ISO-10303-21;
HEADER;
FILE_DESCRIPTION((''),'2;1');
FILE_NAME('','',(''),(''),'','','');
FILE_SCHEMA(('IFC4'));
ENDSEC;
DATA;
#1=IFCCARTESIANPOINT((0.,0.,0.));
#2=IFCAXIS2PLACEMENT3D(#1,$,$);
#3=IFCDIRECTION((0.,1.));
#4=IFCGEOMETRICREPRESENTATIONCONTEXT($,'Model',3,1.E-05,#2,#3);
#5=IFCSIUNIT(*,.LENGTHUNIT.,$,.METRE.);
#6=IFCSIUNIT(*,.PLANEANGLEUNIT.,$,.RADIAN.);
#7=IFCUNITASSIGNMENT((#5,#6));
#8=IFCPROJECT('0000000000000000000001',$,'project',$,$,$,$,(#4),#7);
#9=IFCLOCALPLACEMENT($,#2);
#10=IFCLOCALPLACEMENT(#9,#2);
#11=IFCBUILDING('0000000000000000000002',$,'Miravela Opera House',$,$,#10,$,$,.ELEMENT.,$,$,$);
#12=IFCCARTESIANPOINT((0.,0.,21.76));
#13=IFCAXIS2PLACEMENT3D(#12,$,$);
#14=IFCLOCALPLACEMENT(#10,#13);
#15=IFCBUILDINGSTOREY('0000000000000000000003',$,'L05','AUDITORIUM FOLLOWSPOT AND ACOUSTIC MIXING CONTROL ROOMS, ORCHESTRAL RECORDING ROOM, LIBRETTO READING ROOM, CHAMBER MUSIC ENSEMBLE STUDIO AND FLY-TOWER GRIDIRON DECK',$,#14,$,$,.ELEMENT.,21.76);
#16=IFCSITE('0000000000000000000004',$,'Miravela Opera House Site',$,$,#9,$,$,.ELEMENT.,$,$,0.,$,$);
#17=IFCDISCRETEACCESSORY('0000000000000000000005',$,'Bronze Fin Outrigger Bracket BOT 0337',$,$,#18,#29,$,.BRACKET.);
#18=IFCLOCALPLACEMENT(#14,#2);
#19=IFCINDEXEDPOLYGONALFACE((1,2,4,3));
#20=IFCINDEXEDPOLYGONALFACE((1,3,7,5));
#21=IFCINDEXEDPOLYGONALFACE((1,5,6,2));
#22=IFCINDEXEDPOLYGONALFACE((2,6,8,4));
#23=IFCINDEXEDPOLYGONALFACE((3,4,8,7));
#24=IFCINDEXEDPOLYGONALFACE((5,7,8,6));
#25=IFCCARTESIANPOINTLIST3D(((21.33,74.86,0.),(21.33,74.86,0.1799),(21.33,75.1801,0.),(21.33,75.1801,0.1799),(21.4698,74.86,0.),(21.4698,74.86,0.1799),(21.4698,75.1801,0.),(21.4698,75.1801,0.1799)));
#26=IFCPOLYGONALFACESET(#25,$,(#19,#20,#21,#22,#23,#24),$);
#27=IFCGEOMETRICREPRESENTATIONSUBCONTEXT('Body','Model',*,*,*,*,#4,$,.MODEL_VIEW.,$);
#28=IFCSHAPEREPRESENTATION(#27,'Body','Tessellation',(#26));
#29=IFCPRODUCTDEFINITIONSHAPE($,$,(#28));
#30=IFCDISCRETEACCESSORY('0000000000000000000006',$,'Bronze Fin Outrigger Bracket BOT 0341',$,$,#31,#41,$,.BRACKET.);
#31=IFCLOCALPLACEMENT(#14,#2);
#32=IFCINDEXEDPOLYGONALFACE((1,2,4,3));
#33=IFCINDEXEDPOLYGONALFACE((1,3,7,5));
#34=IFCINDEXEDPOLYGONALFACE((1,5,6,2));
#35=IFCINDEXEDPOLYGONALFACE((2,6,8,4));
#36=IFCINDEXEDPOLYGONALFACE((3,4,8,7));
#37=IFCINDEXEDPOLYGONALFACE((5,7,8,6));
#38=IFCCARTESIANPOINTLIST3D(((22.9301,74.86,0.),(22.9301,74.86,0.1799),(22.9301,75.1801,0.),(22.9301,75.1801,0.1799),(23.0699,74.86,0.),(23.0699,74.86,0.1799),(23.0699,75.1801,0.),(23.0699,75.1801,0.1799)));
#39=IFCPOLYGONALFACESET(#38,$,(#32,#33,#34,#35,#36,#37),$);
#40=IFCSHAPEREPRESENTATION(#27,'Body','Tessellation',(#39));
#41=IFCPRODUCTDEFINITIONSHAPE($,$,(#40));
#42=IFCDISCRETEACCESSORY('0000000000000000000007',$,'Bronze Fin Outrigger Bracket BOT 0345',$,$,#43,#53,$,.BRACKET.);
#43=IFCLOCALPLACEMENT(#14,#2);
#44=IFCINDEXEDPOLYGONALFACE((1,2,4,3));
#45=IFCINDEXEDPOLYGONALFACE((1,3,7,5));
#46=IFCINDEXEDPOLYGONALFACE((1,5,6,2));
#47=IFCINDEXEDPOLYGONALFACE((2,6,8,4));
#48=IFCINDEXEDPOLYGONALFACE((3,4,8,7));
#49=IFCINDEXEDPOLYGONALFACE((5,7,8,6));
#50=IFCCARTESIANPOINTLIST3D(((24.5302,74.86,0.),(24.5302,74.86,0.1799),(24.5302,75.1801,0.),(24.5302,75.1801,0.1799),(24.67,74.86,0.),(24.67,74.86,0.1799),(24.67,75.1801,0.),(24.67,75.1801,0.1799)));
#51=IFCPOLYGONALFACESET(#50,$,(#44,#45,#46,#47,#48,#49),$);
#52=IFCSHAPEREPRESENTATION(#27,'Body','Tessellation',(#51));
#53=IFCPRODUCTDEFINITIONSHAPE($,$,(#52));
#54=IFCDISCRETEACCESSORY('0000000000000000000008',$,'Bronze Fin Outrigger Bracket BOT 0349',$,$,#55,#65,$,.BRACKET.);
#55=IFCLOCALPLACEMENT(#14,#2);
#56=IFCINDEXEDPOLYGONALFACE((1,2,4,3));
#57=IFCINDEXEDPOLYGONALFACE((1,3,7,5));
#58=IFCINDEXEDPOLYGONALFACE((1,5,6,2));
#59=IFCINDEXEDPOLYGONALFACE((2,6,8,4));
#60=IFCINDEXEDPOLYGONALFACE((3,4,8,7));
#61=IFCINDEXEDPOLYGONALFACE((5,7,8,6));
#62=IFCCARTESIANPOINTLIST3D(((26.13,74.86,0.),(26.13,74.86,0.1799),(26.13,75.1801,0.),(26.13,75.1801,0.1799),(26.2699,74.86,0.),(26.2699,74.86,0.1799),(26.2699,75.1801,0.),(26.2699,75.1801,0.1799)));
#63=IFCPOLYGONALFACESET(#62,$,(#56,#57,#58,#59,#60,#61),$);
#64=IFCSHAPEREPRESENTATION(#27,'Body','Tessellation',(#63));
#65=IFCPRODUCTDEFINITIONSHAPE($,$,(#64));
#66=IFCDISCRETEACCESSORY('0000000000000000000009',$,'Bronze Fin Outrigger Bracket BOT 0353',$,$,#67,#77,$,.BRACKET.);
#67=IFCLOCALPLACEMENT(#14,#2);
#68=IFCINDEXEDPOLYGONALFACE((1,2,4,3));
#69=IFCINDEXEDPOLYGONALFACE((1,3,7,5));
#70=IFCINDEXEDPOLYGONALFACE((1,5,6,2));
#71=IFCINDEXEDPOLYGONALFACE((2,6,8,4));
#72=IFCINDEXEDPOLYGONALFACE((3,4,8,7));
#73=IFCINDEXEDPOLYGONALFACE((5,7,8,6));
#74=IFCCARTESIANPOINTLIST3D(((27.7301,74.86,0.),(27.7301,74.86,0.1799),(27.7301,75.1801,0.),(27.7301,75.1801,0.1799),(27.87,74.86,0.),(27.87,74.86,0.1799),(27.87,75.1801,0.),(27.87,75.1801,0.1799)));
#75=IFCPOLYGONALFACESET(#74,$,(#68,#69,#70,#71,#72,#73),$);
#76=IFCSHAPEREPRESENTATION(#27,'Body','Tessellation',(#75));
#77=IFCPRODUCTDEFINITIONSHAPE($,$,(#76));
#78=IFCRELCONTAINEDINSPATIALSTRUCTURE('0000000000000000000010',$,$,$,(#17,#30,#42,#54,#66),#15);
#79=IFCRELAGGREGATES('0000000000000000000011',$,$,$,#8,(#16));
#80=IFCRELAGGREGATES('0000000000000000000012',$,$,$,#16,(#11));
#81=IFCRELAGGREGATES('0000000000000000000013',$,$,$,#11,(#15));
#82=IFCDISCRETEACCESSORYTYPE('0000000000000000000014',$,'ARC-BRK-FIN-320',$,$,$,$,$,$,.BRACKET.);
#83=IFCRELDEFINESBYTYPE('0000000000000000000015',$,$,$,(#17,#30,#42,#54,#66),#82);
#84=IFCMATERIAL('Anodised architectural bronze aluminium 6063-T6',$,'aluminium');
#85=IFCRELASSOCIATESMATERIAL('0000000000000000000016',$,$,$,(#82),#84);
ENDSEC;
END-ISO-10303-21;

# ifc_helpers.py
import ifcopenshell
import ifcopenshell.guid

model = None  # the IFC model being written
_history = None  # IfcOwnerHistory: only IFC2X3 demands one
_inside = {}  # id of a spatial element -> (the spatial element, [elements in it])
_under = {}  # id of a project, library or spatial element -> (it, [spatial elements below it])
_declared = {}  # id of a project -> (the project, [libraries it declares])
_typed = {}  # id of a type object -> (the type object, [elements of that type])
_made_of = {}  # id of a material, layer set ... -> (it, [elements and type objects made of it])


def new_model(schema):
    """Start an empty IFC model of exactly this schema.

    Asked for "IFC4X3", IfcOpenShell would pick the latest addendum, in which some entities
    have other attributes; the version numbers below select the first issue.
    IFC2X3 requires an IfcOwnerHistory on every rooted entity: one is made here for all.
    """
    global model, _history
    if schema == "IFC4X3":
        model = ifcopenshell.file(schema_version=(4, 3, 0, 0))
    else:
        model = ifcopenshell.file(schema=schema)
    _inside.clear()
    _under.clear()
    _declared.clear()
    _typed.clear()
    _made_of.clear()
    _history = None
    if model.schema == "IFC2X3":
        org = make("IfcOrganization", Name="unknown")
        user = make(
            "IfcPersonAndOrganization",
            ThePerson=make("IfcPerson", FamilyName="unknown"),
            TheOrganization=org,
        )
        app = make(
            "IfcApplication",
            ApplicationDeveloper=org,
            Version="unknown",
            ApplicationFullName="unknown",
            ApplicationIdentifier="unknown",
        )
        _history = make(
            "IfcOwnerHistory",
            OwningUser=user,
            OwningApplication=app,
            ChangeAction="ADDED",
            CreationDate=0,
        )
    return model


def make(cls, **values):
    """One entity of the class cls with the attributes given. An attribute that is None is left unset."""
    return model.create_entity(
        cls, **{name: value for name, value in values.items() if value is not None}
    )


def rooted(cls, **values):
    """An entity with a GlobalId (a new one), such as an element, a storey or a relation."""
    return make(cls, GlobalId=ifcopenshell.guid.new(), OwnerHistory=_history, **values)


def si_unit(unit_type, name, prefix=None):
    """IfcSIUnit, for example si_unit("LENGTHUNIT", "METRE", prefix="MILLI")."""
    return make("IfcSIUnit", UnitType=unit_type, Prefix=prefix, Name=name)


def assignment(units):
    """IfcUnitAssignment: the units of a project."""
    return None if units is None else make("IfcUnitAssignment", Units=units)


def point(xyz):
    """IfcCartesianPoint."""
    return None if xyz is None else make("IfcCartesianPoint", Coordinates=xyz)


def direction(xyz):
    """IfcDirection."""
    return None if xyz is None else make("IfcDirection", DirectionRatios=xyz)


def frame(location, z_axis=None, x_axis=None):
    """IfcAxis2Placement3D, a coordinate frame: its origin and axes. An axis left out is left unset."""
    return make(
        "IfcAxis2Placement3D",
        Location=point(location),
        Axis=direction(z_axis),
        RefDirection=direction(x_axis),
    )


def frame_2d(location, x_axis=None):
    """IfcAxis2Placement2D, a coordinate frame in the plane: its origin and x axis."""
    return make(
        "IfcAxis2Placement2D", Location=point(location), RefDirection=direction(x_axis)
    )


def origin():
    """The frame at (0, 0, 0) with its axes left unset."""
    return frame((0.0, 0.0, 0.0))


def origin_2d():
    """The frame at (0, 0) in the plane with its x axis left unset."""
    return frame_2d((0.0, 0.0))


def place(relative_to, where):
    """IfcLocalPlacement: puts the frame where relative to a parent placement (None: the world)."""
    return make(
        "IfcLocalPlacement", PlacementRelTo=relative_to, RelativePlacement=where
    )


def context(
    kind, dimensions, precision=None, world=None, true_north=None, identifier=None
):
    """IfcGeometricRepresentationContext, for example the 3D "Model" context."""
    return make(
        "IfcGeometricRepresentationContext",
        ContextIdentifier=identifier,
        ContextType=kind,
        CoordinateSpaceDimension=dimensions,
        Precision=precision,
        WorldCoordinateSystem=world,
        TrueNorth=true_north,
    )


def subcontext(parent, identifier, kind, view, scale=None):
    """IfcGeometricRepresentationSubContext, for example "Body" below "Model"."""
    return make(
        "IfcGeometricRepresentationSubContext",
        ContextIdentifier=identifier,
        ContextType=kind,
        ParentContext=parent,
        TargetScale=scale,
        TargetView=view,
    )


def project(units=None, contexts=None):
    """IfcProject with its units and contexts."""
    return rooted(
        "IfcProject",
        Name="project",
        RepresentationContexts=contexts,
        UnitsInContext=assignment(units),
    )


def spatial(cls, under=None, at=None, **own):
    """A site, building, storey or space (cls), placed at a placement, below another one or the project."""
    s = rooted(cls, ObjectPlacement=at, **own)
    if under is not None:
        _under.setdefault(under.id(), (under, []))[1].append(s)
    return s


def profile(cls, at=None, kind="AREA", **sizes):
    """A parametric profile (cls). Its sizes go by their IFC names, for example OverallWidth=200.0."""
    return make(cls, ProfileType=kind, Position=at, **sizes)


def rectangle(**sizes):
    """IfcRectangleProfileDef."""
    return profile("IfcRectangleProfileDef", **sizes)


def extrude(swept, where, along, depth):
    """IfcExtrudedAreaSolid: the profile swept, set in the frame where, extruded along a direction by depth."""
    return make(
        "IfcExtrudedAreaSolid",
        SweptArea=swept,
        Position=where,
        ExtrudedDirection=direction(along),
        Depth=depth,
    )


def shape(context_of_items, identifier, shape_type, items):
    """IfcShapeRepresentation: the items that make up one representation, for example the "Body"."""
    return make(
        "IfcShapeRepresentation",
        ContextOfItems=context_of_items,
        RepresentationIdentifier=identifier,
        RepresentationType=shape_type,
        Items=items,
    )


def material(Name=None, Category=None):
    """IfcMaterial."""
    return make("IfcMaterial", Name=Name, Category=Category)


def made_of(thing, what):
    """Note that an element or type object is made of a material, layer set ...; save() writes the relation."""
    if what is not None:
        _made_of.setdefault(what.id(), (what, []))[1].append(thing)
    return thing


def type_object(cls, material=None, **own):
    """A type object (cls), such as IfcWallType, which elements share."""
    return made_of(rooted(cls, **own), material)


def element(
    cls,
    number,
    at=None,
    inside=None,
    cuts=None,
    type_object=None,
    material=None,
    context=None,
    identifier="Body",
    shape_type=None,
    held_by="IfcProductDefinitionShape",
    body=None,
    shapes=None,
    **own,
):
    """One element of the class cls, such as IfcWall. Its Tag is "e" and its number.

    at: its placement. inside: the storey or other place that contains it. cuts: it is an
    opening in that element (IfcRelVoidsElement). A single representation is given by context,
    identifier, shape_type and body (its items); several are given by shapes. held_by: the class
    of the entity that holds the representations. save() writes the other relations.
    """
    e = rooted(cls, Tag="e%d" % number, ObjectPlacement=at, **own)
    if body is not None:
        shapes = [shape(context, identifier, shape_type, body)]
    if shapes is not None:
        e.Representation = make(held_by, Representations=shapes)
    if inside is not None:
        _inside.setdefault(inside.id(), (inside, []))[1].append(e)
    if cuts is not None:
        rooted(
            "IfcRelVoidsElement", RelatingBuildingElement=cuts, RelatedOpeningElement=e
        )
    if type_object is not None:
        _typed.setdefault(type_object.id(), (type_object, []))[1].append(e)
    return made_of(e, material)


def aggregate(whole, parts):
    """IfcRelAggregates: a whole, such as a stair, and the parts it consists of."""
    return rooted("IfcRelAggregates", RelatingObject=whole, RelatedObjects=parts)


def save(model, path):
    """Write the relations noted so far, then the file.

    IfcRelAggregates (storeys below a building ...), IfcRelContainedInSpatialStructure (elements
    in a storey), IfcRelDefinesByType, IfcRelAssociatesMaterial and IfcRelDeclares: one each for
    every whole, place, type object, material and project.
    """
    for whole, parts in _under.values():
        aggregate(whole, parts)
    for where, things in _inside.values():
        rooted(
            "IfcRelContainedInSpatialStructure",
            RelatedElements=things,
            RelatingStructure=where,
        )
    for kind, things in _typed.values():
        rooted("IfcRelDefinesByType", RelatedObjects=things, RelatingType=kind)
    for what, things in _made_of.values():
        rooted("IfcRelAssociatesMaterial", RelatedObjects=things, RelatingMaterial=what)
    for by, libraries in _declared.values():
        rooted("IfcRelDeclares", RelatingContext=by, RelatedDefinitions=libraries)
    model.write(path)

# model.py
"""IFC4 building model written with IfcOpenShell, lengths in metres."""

from ifc_helpers import new_model, si_unit, direction, frame, origin, origin_2d, place, context, subcontext, project, spatial, rectangle, extrude, material, type_object, element, save


model = new_model("IFC4")

# Units and contexts
model_context = context("Model", 3, precision=1e-05, world=origin(), true_north=direction((0.0, 1.0)))
body_context = subcontext(model_context, "Body", "Model", "MODEL_VIEW")
ifc_project = project(units=[si_unit("LENGTHUNIT", "METRE"), si_unit("PLANEANGLEUNIT", "RADIAN")], contexts=[model_context])

# Site, building, storey
site_placement = place(None, origin())
site = spatial("IfcSite", under=ifc_project, at=site_placement, Name="Miravela Opera House Site", CompositionType="ELEMENT", RefElevation=0.0)
building_placement = place(site_placement, origin())
building = spatial("IfcBuilding", under=site, at=building_placement, Name="Miravela Opera House", CompositionType="ELEMENT")
storey_placement = place(building_placement, frame((0.0, 0.0, 21.76)))
storey = spatial("IfcBuildingStorey", under=building, at=storey_placement, Name="L05", Description="AUDITORIUM FOLLOWSPOT AND ACOUSTIC MIXING CONTROL ROOMS, ORCHESTRAL RECORDING ROOM, LIBRETTO READING ROOM, CHAMBER MUSIC ENSEMBLE STUDIO AND FLY-TOWER GRIDIRON DECK", CompositionType="ELEMENT", Elevation=21.76)

# Shared definitions
ifc_material_1 = material(Name="Anodised architectural bronze aluminium 6063-T6", Category="aluminium")

# Discrete accessories
discrete_accessory_type = type_object("IfcDiscreteAccessoryType", Name="ARC-BRK-FIN-320", PredefinedType="BRACKET", material=ifc_material_1)
for number, where, z_axis, x_axis, name in (
    (1, (21.3999, 75.02, 0.0), (0.0, 0.0, 1.0), (0.0, 1.0, 0.0), "Bronze Fin Outrigger Bracket BOT 0337"),
    (2, (23.0, 75.02, 0.0), (0.0, 0.0, 1.0), (0.0, 1.0, 0.0), "Bronze Fin Outrigger Bracket BOT 0341"),
    (3, (24.6001, 75.02, 0.0), (0.0, 0.0, 1.0), (0.0, 1.0, 0.0), "Bronze Fin Outrigger Bracket BOT 0345"),
    (4, (26.2, 75.02, 0.0), (0.0, 0.0, 1.0), (0.0, 1.0, 0.0), "Bronze Fin Outrigger Bracket BOT 0349"),
    (5, (27.8, 75.02, 0.0), (0.0, 0.0, 1.0), (0.0, 1.0, 0.0), "Bronze Fin Outrigger Bracket BOT 0353"),
):
    element("IfcDiscreteAccessory", number, at=place(storey_placement, frame(where, z_axis=z_axis, x_axis=x_axis)), inside=storey, type_object=discrete_accessory_type, Name=name, PredefinedType="BRACKET", context=body_context, shape_type="SweptSolid", body=[
        extrude(rectangle(XDim=0.3201, YDim=0.1399, at=origin_2d()), origin(), (0.0, 0.0, 1.0), 0.1799),
    ])

save(model, "model.ifc")
